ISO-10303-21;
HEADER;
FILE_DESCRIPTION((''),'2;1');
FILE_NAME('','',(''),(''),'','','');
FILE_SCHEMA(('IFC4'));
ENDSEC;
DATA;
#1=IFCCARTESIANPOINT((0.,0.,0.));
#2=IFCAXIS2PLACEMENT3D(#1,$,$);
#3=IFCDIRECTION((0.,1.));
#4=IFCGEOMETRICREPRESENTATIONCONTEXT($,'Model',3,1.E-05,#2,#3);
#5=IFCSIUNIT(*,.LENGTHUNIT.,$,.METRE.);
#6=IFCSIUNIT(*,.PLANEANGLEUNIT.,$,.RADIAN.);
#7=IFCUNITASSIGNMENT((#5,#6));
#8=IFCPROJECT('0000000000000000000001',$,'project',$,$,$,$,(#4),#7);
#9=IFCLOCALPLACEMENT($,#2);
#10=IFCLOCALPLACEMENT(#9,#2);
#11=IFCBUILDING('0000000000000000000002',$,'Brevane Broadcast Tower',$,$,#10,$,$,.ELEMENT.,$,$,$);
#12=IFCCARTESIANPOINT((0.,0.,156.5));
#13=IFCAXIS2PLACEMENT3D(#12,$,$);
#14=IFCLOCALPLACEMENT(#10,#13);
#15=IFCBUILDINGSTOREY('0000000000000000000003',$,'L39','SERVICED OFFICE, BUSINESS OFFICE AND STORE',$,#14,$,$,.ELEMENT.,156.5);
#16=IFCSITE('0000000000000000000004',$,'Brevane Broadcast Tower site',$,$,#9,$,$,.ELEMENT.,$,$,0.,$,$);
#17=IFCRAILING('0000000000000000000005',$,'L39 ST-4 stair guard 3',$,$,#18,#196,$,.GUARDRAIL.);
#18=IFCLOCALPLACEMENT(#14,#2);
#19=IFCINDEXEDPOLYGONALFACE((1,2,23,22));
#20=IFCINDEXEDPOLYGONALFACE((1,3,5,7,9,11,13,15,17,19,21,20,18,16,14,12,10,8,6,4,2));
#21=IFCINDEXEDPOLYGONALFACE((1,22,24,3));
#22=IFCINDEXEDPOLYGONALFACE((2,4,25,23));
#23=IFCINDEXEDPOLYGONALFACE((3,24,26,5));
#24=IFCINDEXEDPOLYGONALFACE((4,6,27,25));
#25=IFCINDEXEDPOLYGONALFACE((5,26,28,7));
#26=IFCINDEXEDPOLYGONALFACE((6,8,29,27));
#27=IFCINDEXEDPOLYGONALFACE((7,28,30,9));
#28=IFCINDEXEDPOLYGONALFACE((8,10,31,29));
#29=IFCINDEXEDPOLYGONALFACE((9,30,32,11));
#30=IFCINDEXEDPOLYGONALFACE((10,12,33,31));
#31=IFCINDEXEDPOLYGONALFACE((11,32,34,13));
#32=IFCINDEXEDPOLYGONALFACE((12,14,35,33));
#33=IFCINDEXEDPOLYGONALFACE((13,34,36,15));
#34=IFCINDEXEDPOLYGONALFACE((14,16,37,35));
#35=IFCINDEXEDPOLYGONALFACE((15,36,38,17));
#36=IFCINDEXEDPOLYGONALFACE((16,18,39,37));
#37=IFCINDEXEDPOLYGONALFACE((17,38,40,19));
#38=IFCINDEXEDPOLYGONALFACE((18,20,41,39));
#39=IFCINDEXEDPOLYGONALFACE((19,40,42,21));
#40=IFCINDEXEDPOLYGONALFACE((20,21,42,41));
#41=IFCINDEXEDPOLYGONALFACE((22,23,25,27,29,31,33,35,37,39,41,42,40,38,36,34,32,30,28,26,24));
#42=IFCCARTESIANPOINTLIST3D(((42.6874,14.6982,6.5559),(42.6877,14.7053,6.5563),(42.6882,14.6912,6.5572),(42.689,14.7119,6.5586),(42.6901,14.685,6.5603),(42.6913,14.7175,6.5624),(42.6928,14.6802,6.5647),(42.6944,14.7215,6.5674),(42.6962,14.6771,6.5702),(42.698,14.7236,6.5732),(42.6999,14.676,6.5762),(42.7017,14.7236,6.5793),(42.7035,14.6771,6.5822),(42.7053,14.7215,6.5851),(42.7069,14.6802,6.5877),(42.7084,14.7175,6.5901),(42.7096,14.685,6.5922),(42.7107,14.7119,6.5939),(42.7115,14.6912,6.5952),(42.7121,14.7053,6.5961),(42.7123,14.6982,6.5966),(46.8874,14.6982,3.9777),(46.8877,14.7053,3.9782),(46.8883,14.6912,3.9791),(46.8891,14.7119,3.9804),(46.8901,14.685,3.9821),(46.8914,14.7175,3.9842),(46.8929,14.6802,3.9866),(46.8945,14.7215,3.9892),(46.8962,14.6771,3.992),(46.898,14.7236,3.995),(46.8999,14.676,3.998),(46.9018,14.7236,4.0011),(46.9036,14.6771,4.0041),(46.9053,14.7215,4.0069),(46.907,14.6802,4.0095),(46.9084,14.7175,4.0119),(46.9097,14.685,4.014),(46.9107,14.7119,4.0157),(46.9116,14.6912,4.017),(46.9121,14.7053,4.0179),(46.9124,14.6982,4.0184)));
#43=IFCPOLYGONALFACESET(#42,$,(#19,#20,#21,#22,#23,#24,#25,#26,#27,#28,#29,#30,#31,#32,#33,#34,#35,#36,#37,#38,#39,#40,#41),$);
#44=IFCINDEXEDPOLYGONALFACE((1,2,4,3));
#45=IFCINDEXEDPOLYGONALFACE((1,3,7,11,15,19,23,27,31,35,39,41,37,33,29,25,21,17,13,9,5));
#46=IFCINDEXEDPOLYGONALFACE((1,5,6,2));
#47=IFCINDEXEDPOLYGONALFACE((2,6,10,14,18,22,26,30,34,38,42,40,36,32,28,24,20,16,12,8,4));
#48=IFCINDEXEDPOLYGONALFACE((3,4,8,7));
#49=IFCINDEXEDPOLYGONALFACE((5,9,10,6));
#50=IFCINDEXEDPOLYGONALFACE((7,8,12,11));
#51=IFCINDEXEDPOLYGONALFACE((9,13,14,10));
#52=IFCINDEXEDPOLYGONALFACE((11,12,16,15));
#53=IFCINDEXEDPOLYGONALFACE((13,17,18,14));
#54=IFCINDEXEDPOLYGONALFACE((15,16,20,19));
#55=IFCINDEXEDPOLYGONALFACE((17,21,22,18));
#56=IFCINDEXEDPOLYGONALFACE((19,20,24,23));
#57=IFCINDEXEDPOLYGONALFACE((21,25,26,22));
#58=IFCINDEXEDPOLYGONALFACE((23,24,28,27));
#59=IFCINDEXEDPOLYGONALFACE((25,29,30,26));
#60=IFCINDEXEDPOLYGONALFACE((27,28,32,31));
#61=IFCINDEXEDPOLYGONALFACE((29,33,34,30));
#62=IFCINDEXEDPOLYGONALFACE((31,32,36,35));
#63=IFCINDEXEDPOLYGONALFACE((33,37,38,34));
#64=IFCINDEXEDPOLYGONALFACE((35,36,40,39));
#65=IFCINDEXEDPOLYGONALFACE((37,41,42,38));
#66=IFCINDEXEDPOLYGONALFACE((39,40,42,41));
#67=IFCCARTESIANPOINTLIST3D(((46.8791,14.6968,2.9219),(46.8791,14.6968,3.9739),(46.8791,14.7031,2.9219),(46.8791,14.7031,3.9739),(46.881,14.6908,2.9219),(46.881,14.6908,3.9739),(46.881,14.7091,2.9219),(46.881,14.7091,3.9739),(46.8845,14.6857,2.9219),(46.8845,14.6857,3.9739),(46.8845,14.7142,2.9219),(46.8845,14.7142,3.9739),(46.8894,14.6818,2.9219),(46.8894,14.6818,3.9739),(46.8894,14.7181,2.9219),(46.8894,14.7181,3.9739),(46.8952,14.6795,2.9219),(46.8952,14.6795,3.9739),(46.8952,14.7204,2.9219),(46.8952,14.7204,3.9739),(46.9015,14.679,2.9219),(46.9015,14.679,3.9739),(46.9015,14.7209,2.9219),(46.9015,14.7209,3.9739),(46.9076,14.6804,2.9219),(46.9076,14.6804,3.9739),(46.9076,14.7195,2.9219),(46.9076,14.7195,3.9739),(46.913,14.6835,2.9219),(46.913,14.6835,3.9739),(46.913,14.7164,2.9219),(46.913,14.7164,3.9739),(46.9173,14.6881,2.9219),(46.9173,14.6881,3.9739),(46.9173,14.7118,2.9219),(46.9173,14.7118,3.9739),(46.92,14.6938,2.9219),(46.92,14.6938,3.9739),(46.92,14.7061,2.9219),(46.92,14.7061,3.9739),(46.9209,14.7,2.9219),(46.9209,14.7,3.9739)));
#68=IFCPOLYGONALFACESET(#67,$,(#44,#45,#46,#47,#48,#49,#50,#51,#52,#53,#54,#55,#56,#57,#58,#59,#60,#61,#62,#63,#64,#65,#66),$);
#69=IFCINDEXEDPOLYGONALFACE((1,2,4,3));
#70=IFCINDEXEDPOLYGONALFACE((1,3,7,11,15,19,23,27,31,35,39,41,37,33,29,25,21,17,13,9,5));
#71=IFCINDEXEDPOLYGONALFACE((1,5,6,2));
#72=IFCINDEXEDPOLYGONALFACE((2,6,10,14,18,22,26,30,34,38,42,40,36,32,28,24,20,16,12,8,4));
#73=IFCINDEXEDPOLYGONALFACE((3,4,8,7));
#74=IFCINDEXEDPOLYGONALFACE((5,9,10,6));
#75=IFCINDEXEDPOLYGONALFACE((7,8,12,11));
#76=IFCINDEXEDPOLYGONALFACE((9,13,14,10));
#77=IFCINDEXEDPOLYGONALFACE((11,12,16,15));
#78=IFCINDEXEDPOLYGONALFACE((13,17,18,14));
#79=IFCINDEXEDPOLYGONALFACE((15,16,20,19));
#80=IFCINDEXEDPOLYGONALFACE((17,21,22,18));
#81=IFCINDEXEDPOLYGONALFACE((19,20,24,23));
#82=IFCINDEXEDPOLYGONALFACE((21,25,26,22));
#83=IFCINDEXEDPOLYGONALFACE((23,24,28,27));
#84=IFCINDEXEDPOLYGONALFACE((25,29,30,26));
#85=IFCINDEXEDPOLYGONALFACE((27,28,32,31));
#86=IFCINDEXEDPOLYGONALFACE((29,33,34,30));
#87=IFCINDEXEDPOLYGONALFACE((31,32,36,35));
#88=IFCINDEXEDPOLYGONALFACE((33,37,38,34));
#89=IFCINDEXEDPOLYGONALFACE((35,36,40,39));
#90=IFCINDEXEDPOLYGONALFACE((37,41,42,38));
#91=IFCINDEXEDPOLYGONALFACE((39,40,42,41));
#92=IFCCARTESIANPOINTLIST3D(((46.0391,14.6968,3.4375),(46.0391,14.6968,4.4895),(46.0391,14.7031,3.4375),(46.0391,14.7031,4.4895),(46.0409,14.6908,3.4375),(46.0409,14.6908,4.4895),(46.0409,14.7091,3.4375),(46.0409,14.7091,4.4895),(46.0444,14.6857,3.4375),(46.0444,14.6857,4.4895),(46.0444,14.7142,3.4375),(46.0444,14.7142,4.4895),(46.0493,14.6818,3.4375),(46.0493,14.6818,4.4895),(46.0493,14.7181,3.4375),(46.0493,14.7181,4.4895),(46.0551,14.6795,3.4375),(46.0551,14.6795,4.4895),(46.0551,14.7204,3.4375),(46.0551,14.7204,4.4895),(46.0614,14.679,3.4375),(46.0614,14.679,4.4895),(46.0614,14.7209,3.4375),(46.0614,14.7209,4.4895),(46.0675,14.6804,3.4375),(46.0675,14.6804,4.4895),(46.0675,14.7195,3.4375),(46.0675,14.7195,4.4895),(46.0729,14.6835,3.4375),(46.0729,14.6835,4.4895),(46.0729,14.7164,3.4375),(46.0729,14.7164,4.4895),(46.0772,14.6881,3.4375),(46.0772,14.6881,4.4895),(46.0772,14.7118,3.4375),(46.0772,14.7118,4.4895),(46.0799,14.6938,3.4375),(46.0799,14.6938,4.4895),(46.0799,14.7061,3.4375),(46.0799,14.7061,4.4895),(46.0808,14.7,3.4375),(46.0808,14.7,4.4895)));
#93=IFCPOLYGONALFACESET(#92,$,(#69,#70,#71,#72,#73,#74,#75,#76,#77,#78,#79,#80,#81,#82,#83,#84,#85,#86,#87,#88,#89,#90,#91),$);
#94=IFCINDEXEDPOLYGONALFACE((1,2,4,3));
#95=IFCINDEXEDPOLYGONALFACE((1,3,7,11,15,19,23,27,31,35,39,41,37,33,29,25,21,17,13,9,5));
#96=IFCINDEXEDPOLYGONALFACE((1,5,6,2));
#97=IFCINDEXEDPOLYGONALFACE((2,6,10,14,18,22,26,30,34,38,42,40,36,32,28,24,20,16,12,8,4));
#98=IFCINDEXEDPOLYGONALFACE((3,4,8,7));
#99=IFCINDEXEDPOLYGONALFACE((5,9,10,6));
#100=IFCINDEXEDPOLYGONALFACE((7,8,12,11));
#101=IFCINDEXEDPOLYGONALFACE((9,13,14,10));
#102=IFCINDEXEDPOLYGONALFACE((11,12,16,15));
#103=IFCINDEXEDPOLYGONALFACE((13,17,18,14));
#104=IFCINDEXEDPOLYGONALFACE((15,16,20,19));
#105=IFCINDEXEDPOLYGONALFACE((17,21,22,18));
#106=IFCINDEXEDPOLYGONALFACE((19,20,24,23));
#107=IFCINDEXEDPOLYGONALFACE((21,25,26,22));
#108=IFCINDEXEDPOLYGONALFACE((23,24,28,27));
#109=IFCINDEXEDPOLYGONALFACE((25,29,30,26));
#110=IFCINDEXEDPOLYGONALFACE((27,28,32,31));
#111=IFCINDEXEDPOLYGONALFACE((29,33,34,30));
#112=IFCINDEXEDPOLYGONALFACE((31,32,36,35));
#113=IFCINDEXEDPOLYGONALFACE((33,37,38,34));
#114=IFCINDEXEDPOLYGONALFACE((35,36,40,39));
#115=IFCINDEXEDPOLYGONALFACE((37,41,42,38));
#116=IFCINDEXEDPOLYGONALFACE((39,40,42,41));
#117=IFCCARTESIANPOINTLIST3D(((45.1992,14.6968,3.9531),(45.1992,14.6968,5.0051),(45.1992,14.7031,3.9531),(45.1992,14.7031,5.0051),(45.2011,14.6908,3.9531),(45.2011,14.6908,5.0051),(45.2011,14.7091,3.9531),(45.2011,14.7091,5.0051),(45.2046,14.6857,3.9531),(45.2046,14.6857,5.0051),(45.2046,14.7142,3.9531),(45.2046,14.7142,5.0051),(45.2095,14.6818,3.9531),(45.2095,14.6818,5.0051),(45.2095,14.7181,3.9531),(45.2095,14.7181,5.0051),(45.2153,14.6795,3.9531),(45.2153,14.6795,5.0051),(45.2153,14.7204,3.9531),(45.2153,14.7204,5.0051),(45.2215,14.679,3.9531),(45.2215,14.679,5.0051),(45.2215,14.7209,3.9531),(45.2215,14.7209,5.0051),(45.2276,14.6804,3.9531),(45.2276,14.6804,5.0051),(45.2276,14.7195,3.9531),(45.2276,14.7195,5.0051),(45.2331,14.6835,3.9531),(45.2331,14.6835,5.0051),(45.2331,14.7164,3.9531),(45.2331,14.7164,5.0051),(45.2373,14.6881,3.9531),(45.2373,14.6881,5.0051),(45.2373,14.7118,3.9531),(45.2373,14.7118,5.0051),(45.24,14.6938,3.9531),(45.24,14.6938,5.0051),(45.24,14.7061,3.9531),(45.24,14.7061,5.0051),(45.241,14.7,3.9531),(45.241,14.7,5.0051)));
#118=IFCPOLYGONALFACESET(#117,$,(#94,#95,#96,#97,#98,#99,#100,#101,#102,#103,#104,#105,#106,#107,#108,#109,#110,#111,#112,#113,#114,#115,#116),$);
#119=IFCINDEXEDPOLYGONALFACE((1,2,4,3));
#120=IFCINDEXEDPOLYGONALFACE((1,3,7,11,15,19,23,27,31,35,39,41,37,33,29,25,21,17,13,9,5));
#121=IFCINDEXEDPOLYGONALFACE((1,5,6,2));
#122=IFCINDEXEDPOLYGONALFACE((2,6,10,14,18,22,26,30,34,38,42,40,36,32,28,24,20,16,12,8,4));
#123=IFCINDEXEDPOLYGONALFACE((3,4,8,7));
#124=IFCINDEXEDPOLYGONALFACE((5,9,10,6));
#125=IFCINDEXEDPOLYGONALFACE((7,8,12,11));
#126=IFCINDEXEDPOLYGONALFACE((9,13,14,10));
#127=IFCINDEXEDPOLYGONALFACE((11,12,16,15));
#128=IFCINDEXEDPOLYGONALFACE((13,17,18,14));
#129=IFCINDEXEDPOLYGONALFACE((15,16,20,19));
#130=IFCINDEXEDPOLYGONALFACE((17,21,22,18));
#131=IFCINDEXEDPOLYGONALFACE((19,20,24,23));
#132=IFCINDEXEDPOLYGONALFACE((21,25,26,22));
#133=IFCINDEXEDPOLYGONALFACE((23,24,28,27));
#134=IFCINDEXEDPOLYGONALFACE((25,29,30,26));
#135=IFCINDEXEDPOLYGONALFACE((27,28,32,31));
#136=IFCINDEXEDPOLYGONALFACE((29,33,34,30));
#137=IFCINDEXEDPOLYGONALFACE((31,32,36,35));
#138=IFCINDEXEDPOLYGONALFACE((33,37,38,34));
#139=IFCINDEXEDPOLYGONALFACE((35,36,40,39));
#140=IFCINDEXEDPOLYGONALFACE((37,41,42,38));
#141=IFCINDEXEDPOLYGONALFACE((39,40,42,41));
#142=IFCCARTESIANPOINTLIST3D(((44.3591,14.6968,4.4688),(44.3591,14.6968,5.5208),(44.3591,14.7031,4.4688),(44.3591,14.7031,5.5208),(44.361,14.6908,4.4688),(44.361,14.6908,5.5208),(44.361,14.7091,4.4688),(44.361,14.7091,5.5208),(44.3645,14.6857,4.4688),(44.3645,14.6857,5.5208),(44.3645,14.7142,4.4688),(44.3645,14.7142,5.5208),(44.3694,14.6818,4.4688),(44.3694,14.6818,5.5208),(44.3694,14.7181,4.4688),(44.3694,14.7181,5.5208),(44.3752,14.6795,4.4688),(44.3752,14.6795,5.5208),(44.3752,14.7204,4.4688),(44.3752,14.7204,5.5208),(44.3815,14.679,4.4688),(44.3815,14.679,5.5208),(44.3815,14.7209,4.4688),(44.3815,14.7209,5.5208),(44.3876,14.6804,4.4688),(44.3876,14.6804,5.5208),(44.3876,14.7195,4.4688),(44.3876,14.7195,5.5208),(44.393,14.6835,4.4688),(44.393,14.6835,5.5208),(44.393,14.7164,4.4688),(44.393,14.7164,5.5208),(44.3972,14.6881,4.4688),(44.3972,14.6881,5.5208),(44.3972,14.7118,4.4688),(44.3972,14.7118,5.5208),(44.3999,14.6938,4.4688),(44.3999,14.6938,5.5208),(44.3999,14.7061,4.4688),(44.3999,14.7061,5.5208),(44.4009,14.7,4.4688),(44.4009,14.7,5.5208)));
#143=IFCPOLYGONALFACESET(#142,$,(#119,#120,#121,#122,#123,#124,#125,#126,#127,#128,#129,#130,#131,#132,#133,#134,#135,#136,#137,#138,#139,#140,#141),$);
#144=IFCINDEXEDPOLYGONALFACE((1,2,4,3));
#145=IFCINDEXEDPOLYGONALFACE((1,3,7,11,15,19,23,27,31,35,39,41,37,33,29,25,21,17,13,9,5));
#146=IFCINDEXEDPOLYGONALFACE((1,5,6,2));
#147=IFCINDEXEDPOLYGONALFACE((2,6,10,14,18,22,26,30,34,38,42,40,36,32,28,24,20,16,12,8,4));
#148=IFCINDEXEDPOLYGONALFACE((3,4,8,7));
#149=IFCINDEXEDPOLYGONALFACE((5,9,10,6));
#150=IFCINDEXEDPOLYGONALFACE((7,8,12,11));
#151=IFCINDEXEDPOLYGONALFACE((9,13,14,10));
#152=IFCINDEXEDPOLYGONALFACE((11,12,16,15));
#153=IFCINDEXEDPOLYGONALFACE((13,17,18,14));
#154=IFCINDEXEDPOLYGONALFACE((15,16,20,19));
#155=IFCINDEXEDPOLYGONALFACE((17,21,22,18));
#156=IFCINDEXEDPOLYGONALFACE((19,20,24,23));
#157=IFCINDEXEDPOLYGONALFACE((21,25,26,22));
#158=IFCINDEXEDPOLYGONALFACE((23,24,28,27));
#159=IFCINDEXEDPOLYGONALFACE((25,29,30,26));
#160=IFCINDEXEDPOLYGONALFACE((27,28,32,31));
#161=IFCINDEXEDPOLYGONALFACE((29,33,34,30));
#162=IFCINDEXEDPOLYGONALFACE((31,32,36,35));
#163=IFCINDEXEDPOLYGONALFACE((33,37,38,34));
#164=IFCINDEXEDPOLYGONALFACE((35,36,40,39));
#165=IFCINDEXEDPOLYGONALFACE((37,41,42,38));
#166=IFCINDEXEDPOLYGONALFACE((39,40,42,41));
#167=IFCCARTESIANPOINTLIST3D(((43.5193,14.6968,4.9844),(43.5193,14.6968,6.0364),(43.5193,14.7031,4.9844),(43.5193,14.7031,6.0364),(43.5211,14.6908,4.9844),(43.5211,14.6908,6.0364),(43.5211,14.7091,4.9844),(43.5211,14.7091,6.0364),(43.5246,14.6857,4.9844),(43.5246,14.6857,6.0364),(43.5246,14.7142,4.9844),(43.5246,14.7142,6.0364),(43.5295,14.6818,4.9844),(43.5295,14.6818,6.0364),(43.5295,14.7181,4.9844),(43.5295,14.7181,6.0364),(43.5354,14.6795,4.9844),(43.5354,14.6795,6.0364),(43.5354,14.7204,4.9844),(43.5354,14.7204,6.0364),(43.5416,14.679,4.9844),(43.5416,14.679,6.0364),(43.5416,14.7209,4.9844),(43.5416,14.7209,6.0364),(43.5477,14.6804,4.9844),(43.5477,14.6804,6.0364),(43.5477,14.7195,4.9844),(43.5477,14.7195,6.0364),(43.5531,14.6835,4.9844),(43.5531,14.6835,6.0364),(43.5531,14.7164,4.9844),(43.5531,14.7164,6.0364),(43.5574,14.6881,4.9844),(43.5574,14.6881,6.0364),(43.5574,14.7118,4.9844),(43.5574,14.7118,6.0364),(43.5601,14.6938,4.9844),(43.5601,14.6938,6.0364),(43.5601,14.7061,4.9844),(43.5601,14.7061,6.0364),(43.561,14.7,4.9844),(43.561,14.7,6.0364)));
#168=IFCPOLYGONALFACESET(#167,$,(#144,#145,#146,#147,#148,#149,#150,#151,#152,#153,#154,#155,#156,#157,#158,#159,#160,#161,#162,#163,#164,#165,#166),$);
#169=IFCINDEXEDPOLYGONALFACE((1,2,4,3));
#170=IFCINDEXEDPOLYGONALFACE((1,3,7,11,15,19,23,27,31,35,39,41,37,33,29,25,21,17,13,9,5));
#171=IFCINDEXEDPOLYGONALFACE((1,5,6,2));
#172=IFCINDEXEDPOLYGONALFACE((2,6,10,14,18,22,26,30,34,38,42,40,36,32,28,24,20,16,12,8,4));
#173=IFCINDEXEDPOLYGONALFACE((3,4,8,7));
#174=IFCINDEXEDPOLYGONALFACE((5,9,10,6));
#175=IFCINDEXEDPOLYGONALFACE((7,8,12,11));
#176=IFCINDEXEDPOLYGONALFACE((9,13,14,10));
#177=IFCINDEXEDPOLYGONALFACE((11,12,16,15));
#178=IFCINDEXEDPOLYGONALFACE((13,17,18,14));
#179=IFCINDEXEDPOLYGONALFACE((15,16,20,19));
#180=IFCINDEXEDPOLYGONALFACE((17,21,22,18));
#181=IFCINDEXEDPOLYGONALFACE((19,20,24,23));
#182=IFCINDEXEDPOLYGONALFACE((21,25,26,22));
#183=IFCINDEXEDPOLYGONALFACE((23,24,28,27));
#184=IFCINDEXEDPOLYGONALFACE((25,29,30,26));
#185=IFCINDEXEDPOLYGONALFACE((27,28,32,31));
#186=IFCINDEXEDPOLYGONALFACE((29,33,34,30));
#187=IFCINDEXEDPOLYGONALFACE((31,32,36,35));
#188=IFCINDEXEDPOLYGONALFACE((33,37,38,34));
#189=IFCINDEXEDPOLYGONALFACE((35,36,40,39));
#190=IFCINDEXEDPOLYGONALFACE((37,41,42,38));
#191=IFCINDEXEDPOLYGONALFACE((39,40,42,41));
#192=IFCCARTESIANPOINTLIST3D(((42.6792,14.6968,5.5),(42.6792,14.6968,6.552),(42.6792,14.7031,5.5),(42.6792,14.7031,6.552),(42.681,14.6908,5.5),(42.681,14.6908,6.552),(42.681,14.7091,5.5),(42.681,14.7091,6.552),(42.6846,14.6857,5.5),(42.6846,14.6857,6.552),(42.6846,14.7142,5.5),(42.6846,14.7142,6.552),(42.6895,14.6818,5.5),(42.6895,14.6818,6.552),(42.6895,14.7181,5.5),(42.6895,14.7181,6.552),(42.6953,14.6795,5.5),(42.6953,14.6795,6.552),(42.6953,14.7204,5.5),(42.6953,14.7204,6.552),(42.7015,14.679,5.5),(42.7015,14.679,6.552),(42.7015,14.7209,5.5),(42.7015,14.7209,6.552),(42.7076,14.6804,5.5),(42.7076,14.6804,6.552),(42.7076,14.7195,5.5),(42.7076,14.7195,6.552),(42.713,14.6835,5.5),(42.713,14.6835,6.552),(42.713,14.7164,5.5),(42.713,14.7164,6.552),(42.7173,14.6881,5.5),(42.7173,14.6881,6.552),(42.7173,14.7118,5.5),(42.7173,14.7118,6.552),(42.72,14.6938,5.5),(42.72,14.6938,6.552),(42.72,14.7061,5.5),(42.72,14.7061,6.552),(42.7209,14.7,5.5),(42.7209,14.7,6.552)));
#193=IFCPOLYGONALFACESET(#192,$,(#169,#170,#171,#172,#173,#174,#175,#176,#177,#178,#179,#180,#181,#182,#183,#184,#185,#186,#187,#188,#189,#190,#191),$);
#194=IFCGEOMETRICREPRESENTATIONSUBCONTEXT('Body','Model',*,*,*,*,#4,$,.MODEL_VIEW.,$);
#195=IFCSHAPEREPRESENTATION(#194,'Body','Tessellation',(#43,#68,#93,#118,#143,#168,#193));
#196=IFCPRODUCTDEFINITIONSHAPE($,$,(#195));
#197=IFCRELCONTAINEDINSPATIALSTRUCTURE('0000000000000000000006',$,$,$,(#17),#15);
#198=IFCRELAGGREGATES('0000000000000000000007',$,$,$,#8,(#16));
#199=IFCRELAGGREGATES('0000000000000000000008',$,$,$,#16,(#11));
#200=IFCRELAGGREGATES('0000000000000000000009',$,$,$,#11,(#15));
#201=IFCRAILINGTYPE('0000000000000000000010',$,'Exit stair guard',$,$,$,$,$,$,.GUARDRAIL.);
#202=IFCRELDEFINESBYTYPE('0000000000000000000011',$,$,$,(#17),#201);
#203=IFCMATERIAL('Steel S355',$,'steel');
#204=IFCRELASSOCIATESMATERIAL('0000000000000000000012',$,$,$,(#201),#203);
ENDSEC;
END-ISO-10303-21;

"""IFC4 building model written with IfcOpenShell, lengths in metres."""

from ifc_helpers import new_model, si_unit, direction, frame, origin, origin_2d, place, context, subcontext, project, spatial, circle, extrude, material, type_object, element, save


model = new_model("IFC4")

# Units and contexts
model_context = context("Model", 3, precision=1e-05, world=origin(), true_north=direction((0.0, 1.0)))
body_context = subcontext(model_context, "Body", "Model", "MODEL_VIEW")
ifc_project = project(units=[si_unit("LENGTHUNIT", "METRE"), si_unit("PLANEANGLEUNIT", "RADIAN")], contexts=[model_context])

# Site, building, storey
site_placement = place(None, origin())
site = spatial("IfcSite", under=ifc_project, at=site_placement, Name="Brevane Broadcast Tower site", CompositionType="ELEMENT", RefElevation=0.0)
building_placement = place(site_placement, origin())
building = spatial("IfcBuilding", under=site, at=building_placement, Name="Brevane Broadcast Tower", CompositionType="ELEMENT")
storey_placement = place(building_placement, frame((0.0, 0.0, 156.5)))
storey = spatial("IfcBuildingStorey", under=building, at=storey_placement, Name="L39", Description="SERVICED OFFICE, BUSINESS OFFICE AND STORE", CompositionType="ELEMENT", Elevation=156.5)

# Railing
ifc_material_1 = material(Name="Steel S355", Category="steel")
railing_type_1 = type_object("IfcRailingType", Name="Exit stair guard", PredefinedType="GUARDRAIL", material=ifc_material_1)
railing_1_placement = place(storey_placement, frame((46.8999, 14.7, 2.9219)))
element("IfcRailing", 1, at=railing_1_placement, inside=storey, type_object=railing_type_1, Name="L39 ST-4 stair guard 3", PredefinedType="GUARDRAIL", context=body_context, shape_type="SweptSolid", body=[
    extrude(circle(Radius=0.0239, at=origin_2d()), frame((0.0, 0.0, 1.0762), z_axis=(-0.852243, 0.0, 0.523146), x_axis=(0.0, -1.0, 0.0)), (0.0, 0.0, 1.0), 4.9282),
    extrude(circle(Radius=0.021, at=origin_2d()), origin(), (0.0, 0.0, 1.0), 1.052),
    extrude(circle(Radius=0.021, at=origin_2d()), frame((-0.8401, 0.0, 0.5156)), (0.0, 0.0, 1.0), 1.052),
    extrude(circle(Radius=0.021, at=origin_2d()), frame((-1.6799, 0.0, 1.0312)), (0.0, 0.0, 1.0), 1.052),
    extrude(circle(Radius=0.021, at=origin_2d()), frame((-2.52, 0.0, 1.5469)), (0.0, 0.0, 1.0), 1.052),
    extrude(circle(Radius=0.021, at=origin_2d()), frame((-3.3599, 0.0, 2.0625)), (0.0, 0.0, 1.0), 1.052),
    extrude(circle(Radius=0.021, at=origin_2d()), frame((-4.2, 0.0, 2.5781)), (0.0, 0.0, 1.0), 1.052),
])

save(model, "model.ifc")
